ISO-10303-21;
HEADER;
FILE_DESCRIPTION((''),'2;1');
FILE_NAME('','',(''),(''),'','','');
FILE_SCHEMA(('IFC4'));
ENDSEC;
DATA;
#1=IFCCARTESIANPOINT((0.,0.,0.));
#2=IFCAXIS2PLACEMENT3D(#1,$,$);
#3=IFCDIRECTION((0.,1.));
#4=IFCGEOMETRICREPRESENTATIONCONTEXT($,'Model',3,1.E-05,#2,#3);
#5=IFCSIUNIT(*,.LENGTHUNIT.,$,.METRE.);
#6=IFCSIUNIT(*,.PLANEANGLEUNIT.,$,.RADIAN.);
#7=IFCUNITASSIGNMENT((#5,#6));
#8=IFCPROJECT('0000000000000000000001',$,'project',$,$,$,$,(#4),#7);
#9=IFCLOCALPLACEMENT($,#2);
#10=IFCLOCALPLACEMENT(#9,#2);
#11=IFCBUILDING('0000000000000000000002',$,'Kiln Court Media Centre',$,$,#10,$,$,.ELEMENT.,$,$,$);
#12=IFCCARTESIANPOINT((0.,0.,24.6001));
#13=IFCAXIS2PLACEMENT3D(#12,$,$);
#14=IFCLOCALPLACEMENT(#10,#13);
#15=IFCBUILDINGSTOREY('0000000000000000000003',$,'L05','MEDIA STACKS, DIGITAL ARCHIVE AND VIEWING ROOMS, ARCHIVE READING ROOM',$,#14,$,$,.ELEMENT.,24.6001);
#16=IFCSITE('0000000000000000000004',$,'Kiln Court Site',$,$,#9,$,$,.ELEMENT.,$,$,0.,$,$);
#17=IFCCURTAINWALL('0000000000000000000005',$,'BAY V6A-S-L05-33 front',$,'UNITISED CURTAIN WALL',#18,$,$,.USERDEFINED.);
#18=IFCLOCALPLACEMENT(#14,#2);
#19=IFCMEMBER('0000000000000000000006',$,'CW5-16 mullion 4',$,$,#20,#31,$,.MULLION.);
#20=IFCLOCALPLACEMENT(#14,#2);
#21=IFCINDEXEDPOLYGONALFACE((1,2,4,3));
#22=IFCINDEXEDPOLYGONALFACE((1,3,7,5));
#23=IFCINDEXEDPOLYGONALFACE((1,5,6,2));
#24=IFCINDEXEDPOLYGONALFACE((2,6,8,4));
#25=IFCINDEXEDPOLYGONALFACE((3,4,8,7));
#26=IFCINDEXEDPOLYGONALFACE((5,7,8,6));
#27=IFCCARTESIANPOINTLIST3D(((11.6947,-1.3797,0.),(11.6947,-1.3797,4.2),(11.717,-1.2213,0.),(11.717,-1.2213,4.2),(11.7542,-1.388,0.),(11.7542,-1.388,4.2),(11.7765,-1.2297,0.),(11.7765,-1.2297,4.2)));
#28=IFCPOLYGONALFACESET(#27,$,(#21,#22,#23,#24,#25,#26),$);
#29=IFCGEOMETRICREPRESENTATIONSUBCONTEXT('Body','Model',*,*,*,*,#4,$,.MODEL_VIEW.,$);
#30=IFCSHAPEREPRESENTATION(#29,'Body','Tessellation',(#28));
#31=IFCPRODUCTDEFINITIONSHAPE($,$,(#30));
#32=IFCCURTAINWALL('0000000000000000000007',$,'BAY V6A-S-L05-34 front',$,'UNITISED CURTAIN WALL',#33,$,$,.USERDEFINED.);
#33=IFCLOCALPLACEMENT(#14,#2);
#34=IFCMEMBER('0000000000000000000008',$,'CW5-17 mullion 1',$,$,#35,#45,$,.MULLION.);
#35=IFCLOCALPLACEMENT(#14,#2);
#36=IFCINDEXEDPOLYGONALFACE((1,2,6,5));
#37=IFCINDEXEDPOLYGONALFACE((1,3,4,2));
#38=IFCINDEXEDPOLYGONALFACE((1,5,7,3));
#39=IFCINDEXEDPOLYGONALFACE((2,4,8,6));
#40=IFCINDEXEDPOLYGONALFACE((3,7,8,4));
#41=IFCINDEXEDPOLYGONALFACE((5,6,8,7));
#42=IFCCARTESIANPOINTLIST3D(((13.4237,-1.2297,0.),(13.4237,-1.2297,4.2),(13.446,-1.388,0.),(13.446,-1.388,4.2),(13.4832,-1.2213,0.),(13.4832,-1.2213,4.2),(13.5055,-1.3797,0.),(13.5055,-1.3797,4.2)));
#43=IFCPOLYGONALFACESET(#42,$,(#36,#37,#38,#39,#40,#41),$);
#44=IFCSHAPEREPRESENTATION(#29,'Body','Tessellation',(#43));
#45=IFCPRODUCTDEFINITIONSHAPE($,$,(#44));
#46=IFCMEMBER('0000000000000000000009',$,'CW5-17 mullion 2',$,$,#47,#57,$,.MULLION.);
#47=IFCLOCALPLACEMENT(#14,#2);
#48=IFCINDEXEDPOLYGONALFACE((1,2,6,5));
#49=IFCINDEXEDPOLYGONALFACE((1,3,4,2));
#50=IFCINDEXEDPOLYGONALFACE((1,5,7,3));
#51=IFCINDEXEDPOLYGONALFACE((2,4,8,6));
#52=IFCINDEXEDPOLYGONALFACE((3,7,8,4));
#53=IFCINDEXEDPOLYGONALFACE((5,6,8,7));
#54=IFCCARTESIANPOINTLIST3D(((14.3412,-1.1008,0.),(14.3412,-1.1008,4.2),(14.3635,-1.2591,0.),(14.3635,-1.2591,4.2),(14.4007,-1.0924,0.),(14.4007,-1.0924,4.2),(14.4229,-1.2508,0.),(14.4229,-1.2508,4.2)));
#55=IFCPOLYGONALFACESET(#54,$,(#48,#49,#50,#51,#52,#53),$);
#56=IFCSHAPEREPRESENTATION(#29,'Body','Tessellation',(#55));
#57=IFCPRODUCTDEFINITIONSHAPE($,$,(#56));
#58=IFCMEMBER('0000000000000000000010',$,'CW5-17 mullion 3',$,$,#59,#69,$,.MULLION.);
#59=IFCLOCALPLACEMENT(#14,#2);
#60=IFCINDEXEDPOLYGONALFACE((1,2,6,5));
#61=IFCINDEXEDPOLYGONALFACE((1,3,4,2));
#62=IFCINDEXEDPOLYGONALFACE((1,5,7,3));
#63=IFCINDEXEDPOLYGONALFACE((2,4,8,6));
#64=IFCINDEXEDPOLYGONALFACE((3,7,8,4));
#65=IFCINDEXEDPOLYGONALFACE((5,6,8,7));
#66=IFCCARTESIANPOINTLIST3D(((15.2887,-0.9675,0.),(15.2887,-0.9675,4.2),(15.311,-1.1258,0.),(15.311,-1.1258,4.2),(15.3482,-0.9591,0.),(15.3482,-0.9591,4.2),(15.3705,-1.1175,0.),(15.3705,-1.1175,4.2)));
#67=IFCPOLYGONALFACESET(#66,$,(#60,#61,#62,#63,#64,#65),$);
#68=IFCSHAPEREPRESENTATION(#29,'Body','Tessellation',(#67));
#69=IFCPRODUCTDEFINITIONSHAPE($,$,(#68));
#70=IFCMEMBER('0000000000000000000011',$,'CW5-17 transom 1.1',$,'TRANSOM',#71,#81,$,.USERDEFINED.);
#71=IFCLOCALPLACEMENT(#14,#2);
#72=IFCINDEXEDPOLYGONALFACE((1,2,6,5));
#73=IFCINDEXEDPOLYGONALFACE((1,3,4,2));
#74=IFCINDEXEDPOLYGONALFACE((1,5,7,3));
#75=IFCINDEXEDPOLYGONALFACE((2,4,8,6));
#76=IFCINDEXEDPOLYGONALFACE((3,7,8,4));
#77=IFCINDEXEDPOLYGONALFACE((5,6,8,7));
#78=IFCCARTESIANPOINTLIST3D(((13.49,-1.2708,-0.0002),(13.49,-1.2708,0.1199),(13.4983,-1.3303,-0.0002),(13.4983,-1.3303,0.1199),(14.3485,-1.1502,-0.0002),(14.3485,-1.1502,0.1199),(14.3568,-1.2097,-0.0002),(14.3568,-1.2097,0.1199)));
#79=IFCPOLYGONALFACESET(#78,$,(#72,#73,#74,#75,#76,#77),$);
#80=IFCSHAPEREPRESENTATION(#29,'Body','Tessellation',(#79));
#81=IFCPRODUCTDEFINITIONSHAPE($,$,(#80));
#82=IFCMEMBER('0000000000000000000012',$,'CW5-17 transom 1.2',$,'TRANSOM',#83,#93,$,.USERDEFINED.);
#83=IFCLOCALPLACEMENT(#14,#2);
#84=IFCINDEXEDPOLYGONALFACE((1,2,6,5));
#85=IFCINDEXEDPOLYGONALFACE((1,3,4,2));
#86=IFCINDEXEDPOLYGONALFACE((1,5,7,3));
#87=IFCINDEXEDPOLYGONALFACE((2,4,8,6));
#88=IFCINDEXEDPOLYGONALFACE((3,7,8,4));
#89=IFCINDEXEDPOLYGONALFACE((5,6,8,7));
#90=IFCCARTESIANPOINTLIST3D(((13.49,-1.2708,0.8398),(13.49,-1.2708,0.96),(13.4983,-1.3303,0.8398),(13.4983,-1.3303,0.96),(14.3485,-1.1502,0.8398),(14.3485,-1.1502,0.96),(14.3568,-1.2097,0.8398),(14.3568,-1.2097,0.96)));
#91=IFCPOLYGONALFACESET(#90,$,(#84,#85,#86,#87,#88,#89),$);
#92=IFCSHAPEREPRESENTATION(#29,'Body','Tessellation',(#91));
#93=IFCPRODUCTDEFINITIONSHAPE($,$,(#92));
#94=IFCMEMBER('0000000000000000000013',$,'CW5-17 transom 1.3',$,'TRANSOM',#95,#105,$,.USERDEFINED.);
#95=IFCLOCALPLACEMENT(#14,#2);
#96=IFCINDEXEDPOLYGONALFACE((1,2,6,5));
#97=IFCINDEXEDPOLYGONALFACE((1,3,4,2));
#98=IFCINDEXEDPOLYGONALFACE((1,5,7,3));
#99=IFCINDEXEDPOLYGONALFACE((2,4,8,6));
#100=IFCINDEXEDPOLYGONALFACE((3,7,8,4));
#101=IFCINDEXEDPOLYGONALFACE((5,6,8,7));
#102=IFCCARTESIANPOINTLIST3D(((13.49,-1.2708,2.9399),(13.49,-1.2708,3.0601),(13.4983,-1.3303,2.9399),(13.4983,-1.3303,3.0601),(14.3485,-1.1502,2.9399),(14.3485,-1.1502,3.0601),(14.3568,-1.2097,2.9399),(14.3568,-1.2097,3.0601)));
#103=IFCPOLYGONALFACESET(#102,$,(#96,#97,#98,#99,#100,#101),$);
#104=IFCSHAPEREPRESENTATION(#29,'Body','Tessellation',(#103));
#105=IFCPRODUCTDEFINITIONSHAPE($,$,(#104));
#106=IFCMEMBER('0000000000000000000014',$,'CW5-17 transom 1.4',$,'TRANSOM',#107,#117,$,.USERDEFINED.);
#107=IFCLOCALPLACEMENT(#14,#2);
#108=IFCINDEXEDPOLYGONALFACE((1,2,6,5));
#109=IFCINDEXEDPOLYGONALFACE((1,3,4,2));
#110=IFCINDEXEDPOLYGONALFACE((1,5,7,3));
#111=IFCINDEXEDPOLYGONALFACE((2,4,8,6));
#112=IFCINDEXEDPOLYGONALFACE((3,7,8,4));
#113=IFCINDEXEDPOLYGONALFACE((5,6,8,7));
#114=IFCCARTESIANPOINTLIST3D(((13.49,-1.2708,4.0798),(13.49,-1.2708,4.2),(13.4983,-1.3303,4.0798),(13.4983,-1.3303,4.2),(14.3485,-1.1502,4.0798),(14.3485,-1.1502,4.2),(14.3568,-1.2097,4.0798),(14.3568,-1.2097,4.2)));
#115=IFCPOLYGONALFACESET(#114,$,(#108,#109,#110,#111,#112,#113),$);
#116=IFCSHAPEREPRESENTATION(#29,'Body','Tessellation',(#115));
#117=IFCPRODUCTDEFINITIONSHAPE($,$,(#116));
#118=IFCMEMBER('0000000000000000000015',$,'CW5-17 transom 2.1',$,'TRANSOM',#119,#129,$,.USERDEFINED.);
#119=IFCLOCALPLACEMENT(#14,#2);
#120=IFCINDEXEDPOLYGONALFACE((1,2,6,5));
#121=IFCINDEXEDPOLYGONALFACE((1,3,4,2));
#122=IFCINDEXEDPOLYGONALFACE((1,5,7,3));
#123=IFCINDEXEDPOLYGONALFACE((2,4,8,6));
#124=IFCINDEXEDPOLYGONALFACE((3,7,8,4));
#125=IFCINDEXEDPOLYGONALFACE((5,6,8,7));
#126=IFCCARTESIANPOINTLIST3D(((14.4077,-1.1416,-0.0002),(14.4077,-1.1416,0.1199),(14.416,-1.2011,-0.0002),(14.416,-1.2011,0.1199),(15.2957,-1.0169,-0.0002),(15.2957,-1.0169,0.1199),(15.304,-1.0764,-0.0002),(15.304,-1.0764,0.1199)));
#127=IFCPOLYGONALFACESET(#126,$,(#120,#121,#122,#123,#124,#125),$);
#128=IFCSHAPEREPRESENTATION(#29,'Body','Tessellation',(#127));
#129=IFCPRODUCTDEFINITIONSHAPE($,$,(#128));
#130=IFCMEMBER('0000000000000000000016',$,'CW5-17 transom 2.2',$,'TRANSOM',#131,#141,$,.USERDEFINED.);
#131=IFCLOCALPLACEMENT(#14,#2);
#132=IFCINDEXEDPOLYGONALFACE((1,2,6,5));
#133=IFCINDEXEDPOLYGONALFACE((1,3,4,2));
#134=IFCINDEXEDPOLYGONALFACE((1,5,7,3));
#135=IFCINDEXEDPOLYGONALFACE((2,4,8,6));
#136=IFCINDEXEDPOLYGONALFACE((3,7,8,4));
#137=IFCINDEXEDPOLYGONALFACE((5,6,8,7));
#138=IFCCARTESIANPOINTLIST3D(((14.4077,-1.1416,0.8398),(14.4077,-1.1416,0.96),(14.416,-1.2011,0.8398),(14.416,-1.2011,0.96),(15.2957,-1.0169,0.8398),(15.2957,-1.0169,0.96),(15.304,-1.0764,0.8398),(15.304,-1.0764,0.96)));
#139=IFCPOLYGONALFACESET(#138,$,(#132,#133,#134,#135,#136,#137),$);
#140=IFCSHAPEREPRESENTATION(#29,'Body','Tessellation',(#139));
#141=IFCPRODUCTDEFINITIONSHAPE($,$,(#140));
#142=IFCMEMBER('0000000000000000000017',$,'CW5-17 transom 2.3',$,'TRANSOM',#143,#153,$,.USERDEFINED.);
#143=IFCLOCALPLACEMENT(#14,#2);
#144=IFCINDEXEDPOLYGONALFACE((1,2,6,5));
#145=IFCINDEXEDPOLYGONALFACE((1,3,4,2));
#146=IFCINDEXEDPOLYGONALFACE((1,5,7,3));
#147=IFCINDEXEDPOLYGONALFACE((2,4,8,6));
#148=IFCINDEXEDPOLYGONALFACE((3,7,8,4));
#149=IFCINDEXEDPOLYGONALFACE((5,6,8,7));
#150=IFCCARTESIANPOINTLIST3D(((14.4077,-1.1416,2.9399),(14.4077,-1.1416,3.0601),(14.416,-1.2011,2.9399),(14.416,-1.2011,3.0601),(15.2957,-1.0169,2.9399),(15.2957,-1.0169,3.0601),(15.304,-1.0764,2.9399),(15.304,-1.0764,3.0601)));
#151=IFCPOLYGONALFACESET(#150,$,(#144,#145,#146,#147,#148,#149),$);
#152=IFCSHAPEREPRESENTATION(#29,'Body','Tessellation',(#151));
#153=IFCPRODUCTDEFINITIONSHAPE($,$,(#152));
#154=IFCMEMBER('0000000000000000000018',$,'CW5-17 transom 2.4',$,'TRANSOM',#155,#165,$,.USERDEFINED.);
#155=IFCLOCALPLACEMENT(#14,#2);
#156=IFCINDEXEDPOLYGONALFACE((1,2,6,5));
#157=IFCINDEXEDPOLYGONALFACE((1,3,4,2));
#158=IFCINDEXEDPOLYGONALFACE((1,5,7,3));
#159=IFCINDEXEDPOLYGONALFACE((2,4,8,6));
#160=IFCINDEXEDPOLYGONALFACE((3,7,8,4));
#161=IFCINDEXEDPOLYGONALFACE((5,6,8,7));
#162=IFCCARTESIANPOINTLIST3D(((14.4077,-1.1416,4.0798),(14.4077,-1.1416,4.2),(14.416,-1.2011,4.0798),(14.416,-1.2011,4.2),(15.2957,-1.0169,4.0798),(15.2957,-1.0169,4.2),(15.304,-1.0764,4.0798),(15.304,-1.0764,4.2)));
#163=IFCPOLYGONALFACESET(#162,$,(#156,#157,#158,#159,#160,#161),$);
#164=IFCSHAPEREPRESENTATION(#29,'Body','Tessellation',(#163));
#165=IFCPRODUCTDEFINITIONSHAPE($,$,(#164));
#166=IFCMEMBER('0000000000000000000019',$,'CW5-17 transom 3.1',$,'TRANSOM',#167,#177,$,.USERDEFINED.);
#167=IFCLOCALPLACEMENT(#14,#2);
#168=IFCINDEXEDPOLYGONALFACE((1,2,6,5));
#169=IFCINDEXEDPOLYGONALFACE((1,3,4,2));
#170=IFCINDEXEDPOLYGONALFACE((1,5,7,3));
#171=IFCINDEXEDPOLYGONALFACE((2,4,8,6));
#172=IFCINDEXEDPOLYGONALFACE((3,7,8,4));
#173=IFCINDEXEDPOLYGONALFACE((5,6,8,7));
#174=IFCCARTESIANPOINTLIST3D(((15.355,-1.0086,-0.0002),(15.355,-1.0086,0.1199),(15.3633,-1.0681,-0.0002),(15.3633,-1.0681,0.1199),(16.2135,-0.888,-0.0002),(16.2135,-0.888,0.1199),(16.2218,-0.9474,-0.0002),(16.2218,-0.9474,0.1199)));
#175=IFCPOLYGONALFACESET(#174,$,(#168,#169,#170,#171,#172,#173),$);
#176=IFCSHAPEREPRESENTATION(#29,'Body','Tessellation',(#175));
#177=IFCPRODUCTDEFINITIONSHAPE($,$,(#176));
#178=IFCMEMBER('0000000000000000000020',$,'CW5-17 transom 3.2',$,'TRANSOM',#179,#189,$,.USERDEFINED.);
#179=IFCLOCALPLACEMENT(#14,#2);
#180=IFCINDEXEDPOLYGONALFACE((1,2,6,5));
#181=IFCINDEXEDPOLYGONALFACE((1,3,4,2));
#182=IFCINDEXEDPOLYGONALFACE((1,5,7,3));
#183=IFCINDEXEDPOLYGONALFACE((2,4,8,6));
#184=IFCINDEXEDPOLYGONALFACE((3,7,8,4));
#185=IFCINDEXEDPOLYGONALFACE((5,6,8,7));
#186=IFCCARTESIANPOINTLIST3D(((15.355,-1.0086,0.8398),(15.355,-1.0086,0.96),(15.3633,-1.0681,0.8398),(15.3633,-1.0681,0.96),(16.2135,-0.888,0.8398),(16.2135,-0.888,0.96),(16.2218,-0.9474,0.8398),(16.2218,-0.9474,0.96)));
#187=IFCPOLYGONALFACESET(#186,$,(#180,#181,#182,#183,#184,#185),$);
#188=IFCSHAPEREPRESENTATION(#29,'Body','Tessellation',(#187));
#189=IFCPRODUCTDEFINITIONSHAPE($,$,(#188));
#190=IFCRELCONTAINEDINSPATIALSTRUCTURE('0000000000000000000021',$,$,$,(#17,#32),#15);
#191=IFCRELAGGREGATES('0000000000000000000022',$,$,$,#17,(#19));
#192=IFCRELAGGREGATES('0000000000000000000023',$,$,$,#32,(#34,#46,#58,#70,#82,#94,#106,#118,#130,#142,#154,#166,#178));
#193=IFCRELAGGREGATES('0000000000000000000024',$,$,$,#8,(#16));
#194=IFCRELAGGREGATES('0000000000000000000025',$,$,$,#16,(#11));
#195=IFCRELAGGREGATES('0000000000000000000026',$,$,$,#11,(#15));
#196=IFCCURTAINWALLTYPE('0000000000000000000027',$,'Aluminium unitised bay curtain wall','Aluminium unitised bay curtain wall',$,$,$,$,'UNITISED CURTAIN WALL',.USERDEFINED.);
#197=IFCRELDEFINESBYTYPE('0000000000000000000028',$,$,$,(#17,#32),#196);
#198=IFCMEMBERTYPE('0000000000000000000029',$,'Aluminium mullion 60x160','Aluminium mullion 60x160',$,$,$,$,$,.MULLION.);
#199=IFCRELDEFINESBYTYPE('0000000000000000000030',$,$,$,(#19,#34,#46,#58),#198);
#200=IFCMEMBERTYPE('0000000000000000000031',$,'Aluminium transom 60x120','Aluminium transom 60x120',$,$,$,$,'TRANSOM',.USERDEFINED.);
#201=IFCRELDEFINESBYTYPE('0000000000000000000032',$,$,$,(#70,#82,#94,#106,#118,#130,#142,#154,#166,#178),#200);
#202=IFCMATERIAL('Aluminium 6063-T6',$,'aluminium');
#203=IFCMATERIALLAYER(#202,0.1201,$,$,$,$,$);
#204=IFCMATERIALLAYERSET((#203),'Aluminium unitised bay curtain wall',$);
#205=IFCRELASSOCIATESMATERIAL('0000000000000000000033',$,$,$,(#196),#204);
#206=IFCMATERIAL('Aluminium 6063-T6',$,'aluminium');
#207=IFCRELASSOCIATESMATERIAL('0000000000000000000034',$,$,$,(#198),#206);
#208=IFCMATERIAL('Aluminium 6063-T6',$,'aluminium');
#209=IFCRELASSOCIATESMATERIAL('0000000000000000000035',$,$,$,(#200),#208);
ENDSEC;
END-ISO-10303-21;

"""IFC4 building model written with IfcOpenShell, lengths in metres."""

from ifc_helpers import new_model, si_unit, direction, frame, origin, origin_2d, place, context, subcontext, project, spatial, rectangle, extrude, material, layer, layer_set, material_profile, profile_set, type_object, element, aggregate, save


model = new_model("IFC4")

# Units and contexts
model_context = context("Model", 3, precision=1e-05, world=origin(), true_north=direction((0.0, 1.0)))
body_context = subcontext(model_context, "Body", "Model", "MODEL_VIEW")
ifc_project = project(units=[si_unit("LENGTHUNIT", "METRE"), si_unit("PLANEANGLEUNIT", "RADIAN")], contexts=[model_context])

# Site, building, storey
site_placement = place(None, origin())
site = spatial("IfcSite", under=ifc_project, at=site_placement, Name="Kiln Court Site", CompositionType="ELEMENT", RefElevation=0.0)
building_placement = place(site_placement, origin())
building = spatial("IfcBuilding", under=site, at=building_placement, Name="Kiln Court Media Centre", CompositionType="ELEMENT")
storey_placement = place(building_placement, frame((0.0, 0.0, 24.6001)))
storey = spatial("IfcBuildingStorey", under=building, at=storey_placement, Name="L05", Description="MEDIA STACKS, DIGITAL ARCHIVE AND VIEWING ROOMS, ARCHIVE READING ROOM", CompositionType="ELEMENT", Elevation=24.6001)

# Curtain wall, member
ifc_material_1 = material(Name="Aluminium 6063-T6", Category="aluminium")
ifc_layer_1 = layer(ifc_material_1, 0.1201)
ifc_layer_set_1 = layer_set([ifc_layer_1], Name="Aluminium unitised bay curtain wall")
curtain_wall_type = type_object("IfcCurtainWallType", Name="Aluminium unitised bay curtain wall", Description="Aluminium unitised bay curtain wall", ElementType="UNITISED CURTAIN WALL", PredefinedType="USERDEFINED", material=ifc_layer_set_1)
curtain_wall_1_placement = place(storey_placement, origin())
curtain_wall_1 = element("IfcCurtainWall", 1, at=curtain_wall_1_placement, inside=storey, type_object=curtain_wall_type, Name="BAY V6A-S-L05-33 front", ObjectType="UNITISED CURTAIN WALL", PredefinedType="USERDEFINED")
ifc_material_2 = material(Name="Aluminium 6063-T6", Category="aluminium")
ifc_material_profile_1 = material_profile(ifc_material_2, rectangle(XDim=0.0601, YDim=0.1599, at=origin_2d()), Name="Aluminium mullion 60x160")
ifc_profile_set_1 = profile_set([ifc_material_profile_1], Name="Aluminium 6063-T6")
member_type_1 = type_object("IfcMemberType", Name="Aluminium mullion 60x160", Description="Aluminium mullion 60x160", PredefinedType="MULLION", material=ifc_profile_set_1)
member_1_placement = place(storey_placement, frame((11.7356, -1.3047, 0.0), z_axis=(0.0, 0.0, 1.0), x_axis=(0.99027, -0.139162, 0.0)))
member_1 = element("IfcMember", 2, at=member_1_placement, type_object=member_type_1, Name="CW5-16 mullion 4", PredefinedType="MULLION", context=body_context, shape_type="SweptSolid", body=[
    extrude(rectangle(XDim=0.0601, YDim=0.1599, at=origin_2d()), origin(), (0.0, 0.0, 1.0), 4.2),
])

# Curtain wall, members
curtain_wall_2_placement = place(storey_placement, origin())
curtain_wall_2 = element("IfcCurtainWall", 3, at=curtain_wall_2_placement, inside=storey, type_object=curtain_wall_type, Name="BAY V6A-S-L05-34 front", ObjectType="UNITISED CURTAIN WALL", PredefinedType="USERDEFINED")
member_2_placement = place(storey_placement, frame((13.4646, -1.3047, 0.0), z_axis=(0.0, 0.0, 1.0), x_axis=(0.99027, 0.139162, 0.0)))
member_2 = element("IfcMember", 4, at=member_2_placement, type_object=member_type_1, Name="CW5-17 mullion 1", PredefinedType="MULLION", context=body_context, shape_type="SweptSolid", body=[
    extrude(rectangle(XDim=0.0601, YDim=0.1599, at=origin_2d()), origin(), (0.0, 0.0, 1.0), 4.2),
])
member_3_placement = place(storey_placement, frame((14.3821, -1.1758, 0.0), z_axis=(0.0, 0.0, 1.0), x_axis=(0.99027, 0.139162, 0.0)))
member_3 = element("IfcMember", 5, at=member_3_placement, type_object=member_type_1, Name="CW5-17 mullion 2", PredefinedType="MULLION", context=body_context, shape_type="SweptSolid", body=[
    extrude(rectangle(XDim=0.0601, YDim=0.1599, at=origin_2d()), origin(), (0.0, 0.0, 1.0), 4.2),
])
member_4_placement = place(storey_placement, frame((15.3296, -1.0425, 0.0), z_axis=(0.0, 0.0, 1.0), x_axis=(0.99027, 0.139162, 0.0)))
member_4 = element("IfcMember", 6, at=member_4_placement, type_object=member_type_1, Name="CW5-17 mullion 3", PredefinedType="MULLION", context=body_context, shape_type="SweptSolid", body=[
    extrude(rectangle(XDim=0.0601, YDim=0.1599, at=origin_2d()), origin(), (0.0, 0.0, 1.0), 4.2),
])
ifc_material_3 = material(Name="Aluminium 6063-T6", Category="aluminium")
ifc_material_profile_2 = material_profile(ifc_material_3, rectangle(XDim=0.0601, YDim=0.1201, at=origin_2d()), Name="Aluminium transom 60x120")
ifc_profile_set_2 = profile_set([ifc_material_profile_2], Name="Aluminium 6063-T6")
member_type_2 = type_object("IfcMemberType", Name="Aluminium transom 60x120", Description="Aluminium transom 60x120", ElementType="TRANSOM", PredefinedType="USERDEFINED", material=ifc_profile_set_2)
member_5_placement = place(storey_placement, frame((13.4941, -1.3005, 0.0598), z_axis=(0.990274, 0.139134, 0.0), x_axis=(-0.139134, 0.990274, 0.0)))
member_5 = element("IfcMember", 7, at=member_5_placement, type_object=member_type_2, Name="CW5-17 transom 1.1", ObjectType="TRANSOM", PredefinedType="USERDEFINED", context=body_context, shape_type="SweptSolid", body=[
    extrude(rectangle(XDim=0.0601, YDim=0.1201, at=origin_2d()), origin(), (0.0, 0.0, 1.0), 0.8669),
])
member_6_placement = place(storey_placement, frame((13.4941, -1.3005, 0.8999), z_axis=(0.990274, 0.139134, 0.0), x_axis=(-0.139134, 0.990274, 0.0)))
member_6 = element("IfcMember", 8, at=member_6_placement, type_object=member_type_2, Name="CW5-17 transom 1.2", ObjectType="TRANSOM", PredefinedType="USERDEFINED", context=body_context, shape_type="SweptSolid", body=[
    extrude(rectangle(XDim=0.0601, YDim=0.1201, at=origin_2d()), origin(), (0.0, 0.0, 1.0), 0.8669),
])
member_7_placement = place(storey_placement, frame((13.4941, -1.3005, 3.0), z_axis=(0.990274, 0.139134, 0.0), x_axis=(-0.139134, 0.990274, 0.0)))
member_7 = element("IfcMember", 9, at=member_7_placement, type_object=member_type_2, Name="CW5-17 transom 1.3", ObjectType="TRANSOM", PredefinedType="USERDEFINED", context=body_context, shape_type="SweptSolid", body=[
    extrude(rectangle(XDim=0.0601, YDim=0.1201, at=origin_2d()), origin(), (0.0, 0.0, 1.0), 0.8669),
])
member_8_placement = place(storey_placement, frame((13.4941, -1.3005, 4.1399), z_axis=(0.990274, 0.139134, 0.0), x_axis=(-0.139134, 0.990274, 0.0)))
member_8 = element("IfcMember", 10, at=member_8_placement, type_object=member_type_2, Name="CW5-17 transom 1.4", ObjectType="TRANSOM", PredefinedType="USERDEFINED", context=body_context, shape_type="SweptSolid", body=[
    extrude(rectangle(XDim=0.0601, YDim=0.1201, at=origin_2d()), origin(), (0.0, 0.0, 1.0), 0.8669),
])
member_9_placement = place(storey_placement, frame((14.4119, -1.1714, 0.0598), z_axis=(0.990274, 0.139134, 0.0), x_axis=(-0.139134, 0.990274, 0.0)))
member_9 = element("IfcMember", 11, at=member_9_placement, type_object=member_type_2, Name="CW5-17 transom 2.1", ObjectType="TRANSOM", PredefinedType="USERDEFINED", context=body_context, shape_type="SweptSolid", body=[
    extrude(rectangle(XDim=0.0601, YDim=0.1201, at=origin_2d()), origin(), (0.0, 0.0, 1.0), 0.8967),
])
member_10_placement = place(storey_placement, frame((14.4119, -1.1714, 0.8999), z_axis=(0.990274, 0.139134, 0.0), x_axis=(-0.139134, 0.990274, 0.0)))
member_10 = element("IfcMember", 12, at=member_10_placement, type_object=member_type_2, Name="CW5-17 transom 2.2", ObjectType="TRANSOM", PredefinedType="USERDEFINED", context=body_context, shape_type="SweptSolid", body=[
    extrude(rectangle(XDim=0.0601, YDim=0.1201, at=origin_2d()), origin(), (0.0, 0.0, 1.0), 0.8967),
])
member_11_placement = place(storey_placement, frame((14.4119, -1.1714, 3.0), z_axis=(0.990274, 0.139134, 0.0), x_axis=(-0.139134, 0.990274, 0.0)))
member_11 = element("IfcMember", 13, at=member_11_placement, type_object=member_type_2, Name="CW5-17 transom 2.3", ObjectType="TRANSOM", PredefinedType="USERDEFINED", context=body_context, shape_type="SweptSolid", body=[
    extrude(rectangle(XDim=0.0601, YDim=0.1201, at=origin_2d()), origin(), (0.0, 0.0, 1.0), 0.8967),
])
member_12_placement = place(storey_placement, frame((14.4119, -1.1714, 4.1399), z_axis=(0.990274, 0.139134, 0.0), x_axis=(-0.139134, 0.990274, 0.0)))
member_12 = element("IfcMember", 14, at=member_12_placement, type_object=member_type_2, Name="CW5-17 transom 2.4", ObjectType="TRANSOM", PredefinedType="USERDEFINED", context=body_context, shape_type="SweptSolid", body=[
    extrude(rectangle(XDim=0.0601, YDim=0.1201, at=origin_2d()), origin(), (0.0, 0.0, 1.0), 0.8967),
])
member_13_placement = place(storey_placement, frame((15.3591, -1.0383, 0.0598), z_axis=(0.990274, 0.139134, 0.0), x_axis=(-0.139134, 0.990274, 0.0)))
member_13 = element("IfcMember", 15, at=member_13_placement, type_object=member_type_2, Name="CW5-17 transom 3.1", ObjectType="TRANSOM", PredefinedType="USERDEFINED", context=body_context, shape_type="SweptSolid", body=[
    extrude(rectangle(XDim=0.0601, YDim=0.1201, at=origin_2d()), origin(), (0.0, 0.0, 1.0), 0.8669),
])
member_14_placement = place(storey_placement, frame((15.3591, -1.0383, 0.8999), z_axis=(0.990274, 0.139134, 0.0), x_axis=(-0.139134, 0.990274, 0.0)))
member_14 = element("IfcMember", 16, at=member_14_placement, type_object=member_type_2, Name="CW5-17 transom 3.2", ObjectType="TRANSOM", PredefinedType="USERDEFINED", context=body_context, shape_type="SweptSolid", body=[
    extrude(rectangle(XDim=0.0601, YDim=0.1201, at=origin_2d()), origin(), (0.0, 0.0, 1.0), 0.8669),
])

aggregate(curtain_wall_1, [member_1])
aggregate(curtain_wall_2, [member_2, member_3, member_4, member_5, member_6, member_7, member_8, member_9, member_10, member_11, member_12, member_13, member_14])

save(model, "model.ifc")
